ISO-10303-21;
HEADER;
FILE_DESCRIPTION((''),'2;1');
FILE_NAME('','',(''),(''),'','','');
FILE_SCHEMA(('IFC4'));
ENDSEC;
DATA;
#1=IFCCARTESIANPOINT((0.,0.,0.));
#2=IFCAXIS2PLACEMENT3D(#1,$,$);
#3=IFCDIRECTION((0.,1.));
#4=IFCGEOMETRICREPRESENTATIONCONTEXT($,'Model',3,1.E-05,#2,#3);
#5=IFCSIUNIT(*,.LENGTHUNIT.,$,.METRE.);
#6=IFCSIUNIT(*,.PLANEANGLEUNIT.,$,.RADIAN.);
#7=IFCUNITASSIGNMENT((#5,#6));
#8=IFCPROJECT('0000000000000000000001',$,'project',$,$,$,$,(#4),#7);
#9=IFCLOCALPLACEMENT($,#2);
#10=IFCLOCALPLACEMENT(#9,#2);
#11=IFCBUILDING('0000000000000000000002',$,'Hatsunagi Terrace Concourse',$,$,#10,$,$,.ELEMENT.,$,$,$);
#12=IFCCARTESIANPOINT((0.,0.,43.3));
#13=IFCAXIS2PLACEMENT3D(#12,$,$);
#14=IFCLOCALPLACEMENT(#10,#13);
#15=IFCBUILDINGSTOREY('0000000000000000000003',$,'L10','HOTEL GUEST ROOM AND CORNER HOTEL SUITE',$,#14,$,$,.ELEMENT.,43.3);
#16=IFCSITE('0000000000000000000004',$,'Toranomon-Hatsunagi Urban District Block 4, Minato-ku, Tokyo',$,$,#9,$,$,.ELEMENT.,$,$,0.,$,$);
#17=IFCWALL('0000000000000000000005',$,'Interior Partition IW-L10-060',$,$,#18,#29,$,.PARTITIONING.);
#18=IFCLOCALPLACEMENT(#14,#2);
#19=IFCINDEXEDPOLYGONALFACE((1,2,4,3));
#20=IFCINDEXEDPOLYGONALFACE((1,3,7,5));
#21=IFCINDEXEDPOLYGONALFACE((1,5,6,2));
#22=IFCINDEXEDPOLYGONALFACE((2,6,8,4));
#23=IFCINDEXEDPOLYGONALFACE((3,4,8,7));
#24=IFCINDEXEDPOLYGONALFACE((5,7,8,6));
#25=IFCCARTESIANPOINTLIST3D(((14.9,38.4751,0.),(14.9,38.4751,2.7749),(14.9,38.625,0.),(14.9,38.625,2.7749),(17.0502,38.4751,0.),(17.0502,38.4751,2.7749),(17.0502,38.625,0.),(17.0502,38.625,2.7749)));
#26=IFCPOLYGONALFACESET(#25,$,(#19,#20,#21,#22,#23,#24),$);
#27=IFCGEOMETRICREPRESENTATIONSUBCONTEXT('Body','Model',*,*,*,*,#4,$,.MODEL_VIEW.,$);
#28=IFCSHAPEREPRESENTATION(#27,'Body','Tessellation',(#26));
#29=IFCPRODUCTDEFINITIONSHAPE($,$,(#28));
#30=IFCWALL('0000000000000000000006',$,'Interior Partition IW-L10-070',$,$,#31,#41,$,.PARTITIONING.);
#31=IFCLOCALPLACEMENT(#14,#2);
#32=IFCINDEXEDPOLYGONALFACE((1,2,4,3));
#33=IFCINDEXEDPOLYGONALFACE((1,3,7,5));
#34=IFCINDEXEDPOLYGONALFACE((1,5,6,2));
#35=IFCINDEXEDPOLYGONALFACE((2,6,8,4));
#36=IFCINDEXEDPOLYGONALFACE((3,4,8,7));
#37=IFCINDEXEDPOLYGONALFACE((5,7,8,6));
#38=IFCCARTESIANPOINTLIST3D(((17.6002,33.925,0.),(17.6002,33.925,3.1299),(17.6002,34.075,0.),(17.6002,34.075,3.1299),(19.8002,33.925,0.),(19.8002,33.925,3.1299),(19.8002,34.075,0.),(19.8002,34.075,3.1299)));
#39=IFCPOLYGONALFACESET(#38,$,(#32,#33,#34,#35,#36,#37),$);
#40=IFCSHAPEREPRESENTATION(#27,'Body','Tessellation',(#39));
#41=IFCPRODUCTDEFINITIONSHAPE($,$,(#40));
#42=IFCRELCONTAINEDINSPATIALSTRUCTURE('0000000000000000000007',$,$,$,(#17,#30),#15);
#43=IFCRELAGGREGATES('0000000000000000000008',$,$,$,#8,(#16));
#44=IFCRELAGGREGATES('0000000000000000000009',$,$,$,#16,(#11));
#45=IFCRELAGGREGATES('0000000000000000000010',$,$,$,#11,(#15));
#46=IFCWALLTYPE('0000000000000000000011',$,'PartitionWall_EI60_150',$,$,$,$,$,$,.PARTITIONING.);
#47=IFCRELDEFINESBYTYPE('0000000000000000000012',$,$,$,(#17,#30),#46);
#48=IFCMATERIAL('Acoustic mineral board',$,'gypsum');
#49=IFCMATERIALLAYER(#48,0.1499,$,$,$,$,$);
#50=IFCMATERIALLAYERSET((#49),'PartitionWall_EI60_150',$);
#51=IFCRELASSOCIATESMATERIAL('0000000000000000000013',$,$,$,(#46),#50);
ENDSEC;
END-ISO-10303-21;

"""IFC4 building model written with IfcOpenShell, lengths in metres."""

from ifc_helpers import new_model, si_unit, direction, frame, frame_2d, origin, place, context, subcontext, project, spatial, rectangle, extrude, material, layer, layer_set, type_object, element, save


model = new_model("IFC4")

# Units and contexts
model_context = context("Model", 3, precision=1e-05, world=origin(), true_north=direction((0.0, 1.0)))
body_context = subcontext(model_context, "Body", "Model", "MODEL_VIEW")
ifc_project = project(units=[si_unit("LENGTHUNIT", "METRE"), si_unit("PLANEANGLEUNIT", "RADIAN")], contexts=[model_context])

# Site, building, storey
site_placement = place(None, origin())
site = spatial("IfcSite", under=ifc_project, at=site_placement, Name="Toranomon-Hatsunagi Urban District Block 4, Minato-ku, Tokyo", CompositionType="ELEMENT", RefElevation=0.0)
building_placement = place(site_placement, origin())
building = spatial("IfcBuilding", under=site, at=building_placement, Name="Hatsunagi Terrace Concourse", CompositionType="ELEMENT")
storey_placement = place(building_placement, frame((0.0, 0.0, 43.3)))
storey = spatial("IfcBuildingStorey", under=building, at=storey_placement, Name="L10", Description="HOTEL GUEST ROOM AND CORNER HOTEL SUITE", CompositionType="ELEMENT", Elevation=43.3)

# Shared definitions
ifc_material_1 = material(Name="Acoustic mineral board", Category="gypsum")
ifc_layer_1 = layer(ifc_material_1, 0.1499)
ifc_layer_set_1 = layer_set([ifc_layer_1], Name="PartitionWall_EI60_150")
wall_type_1 = type_object("IfcWallType", Name="PartitionWall_EI60_150", PredefinedType="PARTITIONING", material=ifc_layer_set_1)

# Wall
wall_1_placement = place(storey_placement, frame((14.8999, 38.55, 0.0), z_axis=(0.0, 0.0, 1.0), x_axis=(1.0, 0.0, 0.0)))
element("IfcWall", 1, at=wall_1_placement, inside=storey, type_object=wall_type_1, Name="Interior Partition IW-L10-060", PredefinedType="PARTITIONING", context=body_context, shape_type="SweptSolid", body=[
    extrude(rectangle(XDim=2.1501, YDim=0.1499, at=frame_2d((1.0752, 0.0))), origin(), (0.0, 0.0, 1.0), 2.7749),
])

# Wall
wall_2_placement = place(storey_placement, frame((17.6001, 34.0, 0.0), z_axis=(0.0, 0.0, 1.0), x_axis=(1.0, 0.0, 0.0)))
element("IfcWall", 2, at=wall_2_placement, inside=storey, type_object=wall_type_1, Name="Interior Partition IW-L10-070", PredefinedType="PARTITIONING", context=body_context, shape_type="SweptSolid", body=[
    extrude(rectangle(XDim=2.2, YDim=0.1499, at=frame_2d((1.1001, 0.0))), origin(), (0.0, 0.0, 1.0), 3.1299),
])

save(model, "model.ifc")
